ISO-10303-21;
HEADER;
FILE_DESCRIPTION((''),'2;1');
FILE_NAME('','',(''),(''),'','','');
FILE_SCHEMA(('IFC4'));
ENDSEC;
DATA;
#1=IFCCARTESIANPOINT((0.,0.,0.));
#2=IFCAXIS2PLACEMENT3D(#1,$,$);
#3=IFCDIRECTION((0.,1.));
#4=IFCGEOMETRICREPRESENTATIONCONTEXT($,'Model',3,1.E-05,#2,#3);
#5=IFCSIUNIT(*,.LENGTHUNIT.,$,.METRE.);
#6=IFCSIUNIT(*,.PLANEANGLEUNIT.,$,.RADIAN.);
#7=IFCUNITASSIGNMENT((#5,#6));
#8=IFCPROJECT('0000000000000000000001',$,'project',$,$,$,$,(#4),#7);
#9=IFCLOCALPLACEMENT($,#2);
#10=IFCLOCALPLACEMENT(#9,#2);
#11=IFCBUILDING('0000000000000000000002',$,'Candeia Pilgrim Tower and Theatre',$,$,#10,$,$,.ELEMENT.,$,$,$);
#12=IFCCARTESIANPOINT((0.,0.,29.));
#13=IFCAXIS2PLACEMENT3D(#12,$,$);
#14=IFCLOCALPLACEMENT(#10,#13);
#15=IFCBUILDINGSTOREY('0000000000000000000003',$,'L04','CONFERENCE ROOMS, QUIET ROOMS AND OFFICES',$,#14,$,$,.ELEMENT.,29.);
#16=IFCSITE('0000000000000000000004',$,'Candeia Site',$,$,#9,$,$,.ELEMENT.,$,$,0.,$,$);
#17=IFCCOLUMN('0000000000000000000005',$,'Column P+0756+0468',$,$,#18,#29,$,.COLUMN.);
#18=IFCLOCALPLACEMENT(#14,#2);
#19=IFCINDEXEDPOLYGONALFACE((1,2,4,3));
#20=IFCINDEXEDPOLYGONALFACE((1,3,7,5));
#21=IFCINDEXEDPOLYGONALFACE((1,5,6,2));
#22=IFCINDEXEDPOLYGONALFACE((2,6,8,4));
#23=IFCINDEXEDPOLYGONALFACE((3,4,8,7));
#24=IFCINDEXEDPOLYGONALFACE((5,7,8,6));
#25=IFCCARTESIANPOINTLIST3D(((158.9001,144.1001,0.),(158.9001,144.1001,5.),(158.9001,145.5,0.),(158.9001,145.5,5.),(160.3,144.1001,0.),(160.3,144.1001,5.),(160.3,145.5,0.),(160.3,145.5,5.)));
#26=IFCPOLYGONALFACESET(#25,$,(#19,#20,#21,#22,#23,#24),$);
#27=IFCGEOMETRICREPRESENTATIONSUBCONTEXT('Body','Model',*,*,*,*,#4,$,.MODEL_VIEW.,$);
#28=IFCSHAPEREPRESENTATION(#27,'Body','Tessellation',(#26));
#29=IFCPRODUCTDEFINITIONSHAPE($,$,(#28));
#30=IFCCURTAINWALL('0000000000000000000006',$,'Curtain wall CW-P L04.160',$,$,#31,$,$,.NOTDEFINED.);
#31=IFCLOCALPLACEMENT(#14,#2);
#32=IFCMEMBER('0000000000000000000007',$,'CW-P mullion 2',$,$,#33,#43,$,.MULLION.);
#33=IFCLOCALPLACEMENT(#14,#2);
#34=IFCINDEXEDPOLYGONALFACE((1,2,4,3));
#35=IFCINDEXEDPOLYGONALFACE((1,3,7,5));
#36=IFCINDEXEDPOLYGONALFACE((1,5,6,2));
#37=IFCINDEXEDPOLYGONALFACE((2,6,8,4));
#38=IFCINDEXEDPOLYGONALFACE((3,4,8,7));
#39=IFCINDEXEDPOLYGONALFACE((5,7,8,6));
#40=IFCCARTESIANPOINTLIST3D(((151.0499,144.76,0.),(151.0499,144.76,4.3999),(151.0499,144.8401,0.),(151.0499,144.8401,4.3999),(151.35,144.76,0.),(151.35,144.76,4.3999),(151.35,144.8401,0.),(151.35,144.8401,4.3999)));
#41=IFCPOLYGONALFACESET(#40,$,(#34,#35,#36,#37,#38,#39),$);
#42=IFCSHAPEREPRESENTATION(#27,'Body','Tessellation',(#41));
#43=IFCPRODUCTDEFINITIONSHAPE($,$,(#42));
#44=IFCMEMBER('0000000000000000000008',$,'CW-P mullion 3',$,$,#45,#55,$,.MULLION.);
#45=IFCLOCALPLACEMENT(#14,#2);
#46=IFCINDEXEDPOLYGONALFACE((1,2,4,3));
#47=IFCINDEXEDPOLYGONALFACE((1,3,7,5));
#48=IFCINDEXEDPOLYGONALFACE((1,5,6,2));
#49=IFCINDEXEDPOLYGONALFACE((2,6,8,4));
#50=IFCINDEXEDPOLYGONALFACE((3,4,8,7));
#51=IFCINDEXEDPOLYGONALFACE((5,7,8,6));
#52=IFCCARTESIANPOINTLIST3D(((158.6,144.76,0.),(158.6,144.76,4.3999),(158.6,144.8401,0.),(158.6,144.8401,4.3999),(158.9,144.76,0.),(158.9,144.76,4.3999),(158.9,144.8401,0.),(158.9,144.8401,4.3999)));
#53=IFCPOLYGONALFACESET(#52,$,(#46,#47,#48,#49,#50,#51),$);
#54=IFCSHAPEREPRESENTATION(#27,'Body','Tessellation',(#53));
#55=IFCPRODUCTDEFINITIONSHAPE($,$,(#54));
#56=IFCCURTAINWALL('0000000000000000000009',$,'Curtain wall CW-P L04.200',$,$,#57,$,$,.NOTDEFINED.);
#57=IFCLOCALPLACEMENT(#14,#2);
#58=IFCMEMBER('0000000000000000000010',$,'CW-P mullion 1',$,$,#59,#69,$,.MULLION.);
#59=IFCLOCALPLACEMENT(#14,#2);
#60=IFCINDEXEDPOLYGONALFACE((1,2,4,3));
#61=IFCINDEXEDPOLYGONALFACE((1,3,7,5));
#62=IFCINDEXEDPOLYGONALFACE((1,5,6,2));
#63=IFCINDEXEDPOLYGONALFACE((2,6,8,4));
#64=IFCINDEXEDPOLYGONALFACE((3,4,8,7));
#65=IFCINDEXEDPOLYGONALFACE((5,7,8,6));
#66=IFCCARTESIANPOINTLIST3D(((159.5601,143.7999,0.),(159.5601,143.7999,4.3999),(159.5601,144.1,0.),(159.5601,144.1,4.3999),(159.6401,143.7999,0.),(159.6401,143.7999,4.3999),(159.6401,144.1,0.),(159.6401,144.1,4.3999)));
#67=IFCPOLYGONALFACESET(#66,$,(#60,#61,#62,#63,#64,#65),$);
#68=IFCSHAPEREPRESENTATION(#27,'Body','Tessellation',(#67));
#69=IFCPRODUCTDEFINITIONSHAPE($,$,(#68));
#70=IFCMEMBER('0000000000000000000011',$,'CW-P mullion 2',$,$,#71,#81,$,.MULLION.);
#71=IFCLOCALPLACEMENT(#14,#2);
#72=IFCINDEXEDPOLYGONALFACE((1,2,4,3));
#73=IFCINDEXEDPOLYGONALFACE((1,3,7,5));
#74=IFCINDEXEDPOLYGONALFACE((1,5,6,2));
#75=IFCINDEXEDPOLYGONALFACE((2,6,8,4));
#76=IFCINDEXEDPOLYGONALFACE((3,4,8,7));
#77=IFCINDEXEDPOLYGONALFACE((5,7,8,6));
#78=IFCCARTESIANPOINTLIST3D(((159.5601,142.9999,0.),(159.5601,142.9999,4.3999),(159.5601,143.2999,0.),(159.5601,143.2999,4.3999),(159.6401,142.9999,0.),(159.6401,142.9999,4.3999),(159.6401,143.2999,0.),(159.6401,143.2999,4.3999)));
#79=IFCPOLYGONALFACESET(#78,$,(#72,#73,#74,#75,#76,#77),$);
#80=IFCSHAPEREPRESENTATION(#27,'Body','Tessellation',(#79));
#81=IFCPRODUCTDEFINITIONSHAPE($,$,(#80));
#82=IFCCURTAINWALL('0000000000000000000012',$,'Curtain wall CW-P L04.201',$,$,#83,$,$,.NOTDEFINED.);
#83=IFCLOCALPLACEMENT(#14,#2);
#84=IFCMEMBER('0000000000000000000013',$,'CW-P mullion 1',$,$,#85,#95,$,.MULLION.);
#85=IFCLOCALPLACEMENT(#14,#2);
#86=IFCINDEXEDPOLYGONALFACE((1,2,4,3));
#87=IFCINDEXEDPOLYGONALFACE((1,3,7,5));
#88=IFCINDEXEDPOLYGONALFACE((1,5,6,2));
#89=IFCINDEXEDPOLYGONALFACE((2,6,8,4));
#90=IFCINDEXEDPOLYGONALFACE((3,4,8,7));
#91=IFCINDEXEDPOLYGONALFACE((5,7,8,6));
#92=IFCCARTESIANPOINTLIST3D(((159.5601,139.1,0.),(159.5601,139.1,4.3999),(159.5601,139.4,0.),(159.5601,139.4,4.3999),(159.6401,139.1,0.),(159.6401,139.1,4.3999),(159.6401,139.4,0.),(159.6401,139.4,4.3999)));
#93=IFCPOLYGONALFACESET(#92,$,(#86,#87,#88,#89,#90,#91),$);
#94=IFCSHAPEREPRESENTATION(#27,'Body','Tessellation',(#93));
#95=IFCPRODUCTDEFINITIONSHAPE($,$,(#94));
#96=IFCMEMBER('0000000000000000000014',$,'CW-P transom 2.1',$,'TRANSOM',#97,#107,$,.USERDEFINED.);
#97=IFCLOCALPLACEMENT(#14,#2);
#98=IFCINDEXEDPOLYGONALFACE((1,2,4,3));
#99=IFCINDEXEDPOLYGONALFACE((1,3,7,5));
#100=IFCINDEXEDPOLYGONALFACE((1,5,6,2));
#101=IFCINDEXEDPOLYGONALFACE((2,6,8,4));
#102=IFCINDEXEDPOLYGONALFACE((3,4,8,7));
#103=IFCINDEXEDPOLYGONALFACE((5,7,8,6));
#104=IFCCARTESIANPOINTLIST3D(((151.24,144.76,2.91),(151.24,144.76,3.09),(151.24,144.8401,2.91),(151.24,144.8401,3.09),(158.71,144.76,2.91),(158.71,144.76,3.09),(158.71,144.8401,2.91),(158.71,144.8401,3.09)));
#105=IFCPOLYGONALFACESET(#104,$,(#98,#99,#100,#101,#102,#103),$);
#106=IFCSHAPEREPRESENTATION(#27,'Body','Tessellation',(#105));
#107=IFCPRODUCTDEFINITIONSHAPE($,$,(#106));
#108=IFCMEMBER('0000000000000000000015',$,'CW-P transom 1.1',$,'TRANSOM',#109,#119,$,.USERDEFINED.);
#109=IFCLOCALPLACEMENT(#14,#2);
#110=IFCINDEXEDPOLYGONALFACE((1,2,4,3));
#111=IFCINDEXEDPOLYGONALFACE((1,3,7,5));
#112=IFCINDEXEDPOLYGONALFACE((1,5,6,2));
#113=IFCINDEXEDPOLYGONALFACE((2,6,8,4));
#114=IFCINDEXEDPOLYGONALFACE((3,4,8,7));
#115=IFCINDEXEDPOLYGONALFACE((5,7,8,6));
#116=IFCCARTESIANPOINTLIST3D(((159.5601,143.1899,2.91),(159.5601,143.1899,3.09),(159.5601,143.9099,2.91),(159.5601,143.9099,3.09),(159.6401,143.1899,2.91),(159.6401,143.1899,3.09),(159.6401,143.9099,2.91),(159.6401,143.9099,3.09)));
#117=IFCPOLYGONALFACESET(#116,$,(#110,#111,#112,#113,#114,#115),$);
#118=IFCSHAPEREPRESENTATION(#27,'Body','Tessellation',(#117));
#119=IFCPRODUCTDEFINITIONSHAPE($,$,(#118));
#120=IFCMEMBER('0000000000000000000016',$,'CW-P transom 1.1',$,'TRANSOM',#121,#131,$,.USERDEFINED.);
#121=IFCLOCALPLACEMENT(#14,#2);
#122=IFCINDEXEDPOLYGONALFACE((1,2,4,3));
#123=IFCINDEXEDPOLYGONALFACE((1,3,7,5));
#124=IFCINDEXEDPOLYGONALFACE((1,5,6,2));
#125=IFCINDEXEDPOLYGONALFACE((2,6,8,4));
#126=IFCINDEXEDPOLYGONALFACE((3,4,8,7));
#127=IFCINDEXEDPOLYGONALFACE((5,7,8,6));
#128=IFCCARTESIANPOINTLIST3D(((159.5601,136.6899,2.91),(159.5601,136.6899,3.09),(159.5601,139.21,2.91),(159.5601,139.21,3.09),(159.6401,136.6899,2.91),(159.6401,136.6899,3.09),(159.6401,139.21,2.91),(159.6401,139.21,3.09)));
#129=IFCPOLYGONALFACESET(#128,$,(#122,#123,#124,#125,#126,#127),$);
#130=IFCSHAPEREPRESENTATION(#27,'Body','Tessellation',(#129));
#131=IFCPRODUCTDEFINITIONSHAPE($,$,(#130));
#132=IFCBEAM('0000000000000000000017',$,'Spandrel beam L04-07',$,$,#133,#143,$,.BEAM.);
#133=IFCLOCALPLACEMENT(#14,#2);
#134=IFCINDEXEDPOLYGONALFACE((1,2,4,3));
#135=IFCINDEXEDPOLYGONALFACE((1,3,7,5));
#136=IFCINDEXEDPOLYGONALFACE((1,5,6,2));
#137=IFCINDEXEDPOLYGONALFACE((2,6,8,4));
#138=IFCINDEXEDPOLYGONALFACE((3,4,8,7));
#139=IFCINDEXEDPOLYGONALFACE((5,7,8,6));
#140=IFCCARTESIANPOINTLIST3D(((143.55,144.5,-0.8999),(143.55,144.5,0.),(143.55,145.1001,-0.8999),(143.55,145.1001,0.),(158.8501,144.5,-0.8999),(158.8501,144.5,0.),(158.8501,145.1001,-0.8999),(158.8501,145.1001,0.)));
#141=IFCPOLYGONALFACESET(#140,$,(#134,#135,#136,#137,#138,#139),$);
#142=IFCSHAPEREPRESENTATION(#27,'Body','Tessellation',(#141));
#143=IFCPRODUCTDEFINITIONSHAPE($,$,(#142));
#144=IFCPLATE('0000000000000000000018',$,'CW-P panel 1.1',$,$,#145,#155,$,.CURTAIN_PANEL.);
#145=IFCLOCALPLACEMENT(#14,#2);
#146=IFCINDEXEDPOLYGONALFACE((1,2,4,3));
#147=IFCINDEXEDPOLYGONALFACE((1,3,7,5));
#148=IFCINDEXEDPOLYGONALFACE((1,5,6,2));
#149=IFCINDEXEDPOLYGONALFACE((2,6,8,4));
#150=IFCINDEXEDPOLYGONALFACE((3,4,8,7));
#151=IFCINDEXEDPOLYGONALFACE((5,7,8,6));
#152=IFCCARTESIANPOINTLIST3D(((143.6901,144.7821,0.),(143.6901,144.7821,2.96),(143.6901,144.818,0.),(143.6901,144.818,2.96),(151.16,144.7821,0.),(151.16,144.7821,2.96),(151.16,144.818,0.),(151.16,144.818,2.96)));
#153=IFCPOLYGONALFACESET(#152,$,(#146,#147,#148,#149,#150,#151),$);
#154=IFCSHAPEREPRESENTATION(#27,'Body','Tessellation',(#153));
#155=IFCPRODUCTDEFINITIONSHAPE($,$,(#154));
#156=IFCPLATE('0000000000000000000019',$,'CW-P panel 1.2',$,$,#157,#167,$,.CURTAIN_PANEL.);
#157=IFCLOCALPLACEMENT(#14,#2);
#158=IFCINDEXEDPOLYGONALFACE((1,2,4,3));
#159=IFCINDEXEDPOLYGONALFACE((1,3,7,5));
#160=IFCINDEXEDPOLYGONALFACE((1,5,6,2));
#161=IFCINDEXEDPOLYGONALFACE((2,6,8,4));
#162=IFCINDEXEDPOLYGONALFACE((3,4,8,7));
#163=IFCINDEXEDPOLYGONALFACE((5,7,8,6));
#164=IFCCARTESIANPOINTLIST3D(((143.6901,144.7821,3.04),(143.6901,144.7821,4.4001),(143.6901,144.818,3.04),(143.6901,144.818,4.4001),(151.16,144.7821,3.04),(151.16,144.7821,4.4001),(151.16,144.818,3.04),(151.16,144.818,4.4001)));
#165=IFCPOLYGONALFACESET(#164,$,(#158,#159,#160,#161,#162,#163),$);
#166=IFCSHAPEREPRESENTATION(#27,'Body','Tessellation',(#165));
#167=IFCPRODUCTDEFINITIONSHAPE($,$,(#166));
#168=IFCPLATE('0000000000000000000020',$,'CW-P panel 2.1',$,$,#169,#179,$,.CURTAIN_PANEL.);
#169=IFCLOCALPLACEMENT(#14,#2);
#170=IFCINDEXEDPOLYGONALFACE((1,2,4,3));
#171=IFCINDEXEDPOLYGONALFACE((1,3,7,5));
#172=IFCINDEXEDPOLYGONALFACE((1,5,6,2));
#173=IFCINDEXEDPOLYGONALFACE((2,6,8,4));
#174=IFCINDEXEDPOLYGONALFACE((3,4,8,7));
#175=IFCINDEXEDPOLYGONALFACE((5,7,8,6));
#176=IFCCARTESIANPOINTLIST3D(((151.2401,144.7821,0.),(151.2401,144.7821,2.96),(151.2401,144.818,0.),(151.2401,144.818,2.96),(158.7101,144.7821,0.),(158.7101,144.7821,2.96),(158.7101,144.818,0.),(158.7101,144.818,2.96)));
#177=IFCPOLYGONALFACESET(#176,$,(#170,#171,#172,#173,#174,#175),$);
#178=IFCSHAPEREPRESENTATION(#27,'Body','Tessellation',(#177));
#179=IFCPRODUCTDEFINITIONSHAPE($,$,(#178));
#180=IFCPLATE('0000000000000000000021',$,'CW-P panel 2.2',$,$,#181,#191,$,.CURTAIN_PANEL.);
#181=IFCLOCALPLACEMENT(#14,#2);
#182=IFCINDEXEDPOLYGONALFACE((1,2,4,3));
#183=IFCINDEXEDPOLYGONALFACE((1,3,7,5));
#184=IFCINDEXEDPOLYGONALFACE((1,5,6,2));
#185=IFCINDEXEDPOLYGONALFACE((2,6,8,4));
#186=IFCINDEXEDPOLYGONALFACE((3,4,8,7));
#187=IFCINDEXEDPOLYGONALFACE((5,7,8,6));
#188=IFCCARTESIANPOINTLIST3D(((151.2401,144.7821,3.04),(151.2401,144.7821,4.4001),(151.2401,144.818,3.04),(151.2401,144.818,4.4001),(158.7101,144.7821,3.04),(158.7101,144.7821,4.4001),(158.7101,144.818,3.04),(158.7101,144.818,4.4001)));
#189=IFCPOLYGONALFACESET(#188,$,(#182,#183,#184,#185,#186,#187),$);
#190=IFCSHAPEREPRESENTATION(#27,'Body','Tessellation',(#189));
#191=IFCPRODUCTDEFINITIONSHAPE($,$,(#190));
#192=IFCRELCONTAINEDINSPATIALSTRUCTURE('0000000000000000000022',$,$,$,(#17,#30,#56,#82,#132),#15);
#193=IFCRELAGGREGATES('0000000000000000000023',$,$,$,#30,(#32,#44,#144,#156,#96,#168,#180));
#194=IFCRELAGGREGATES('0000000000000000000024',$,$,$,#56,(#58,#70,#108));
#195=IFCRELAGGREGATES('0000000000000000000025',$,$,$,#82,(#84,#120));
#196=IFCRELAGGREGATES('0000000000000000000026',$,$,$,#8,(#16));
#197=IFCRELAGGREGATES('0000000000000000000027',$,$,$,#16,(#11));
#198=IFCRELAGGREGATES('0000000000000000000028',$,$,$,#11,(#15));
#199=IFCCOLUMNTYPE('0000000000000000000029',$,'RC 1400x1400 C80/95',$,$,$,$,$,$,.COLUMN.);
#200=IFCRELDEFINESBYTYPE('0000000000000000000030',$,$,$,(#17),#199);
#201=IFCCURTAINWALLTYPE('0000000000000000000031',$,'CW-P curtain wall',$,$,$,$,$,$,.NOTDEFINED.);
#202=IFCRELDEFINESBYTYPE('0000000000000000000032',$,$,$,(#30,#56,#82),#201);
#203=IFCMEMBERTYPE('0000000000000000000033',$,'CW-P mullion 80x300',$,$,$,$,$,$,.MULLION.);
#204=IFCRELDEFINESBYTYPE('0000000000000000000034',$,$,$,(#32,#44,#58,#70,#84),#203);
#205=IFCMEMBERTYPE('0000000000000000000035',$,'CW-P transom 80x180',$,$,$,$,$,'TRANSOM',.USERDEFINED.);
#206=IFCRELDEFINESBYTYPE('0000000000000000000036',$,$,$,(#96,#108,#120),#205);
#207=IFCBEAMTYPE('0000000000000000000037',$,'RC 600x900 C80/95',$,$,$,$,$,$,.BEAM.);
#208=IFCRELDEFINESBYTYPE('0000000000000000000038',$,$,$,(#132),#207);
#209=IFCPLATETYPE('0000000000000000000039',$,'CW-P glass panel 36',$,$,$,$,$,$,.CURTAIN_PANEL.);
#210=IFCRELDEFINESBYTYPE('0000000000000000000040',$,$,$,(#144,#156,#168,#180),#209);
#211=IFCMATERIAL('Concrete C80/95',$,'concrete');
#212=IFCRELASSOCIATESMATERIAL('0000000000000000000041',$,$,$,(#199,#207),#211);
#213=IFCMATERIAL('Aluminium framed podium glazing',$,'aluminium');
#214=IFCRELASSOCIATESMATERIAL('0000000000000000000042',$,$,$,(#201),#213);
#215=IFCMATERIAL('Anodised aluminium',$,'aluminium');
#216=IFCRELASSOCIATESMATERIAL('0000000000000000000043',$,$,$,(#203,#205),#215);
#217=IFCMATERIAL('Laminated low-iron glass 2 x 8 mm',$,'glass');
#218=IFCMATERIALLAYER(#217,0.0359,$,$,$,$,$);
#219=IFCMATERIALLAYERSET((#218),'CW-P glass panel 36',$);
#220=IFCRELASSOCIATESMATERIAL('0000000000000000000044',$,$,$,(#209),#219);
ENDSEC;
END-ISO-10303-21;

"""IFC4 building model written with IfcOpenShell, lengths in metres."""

from ifc_helpers import new_model, si_unit, direction, frame, origin, origin_2d, place, context, subcontext, project, spatial, rectangle, extrude, material, layer, layer_set, material_profile, profile_set, type_object, element, aggregate, save


model = new_model("IFC4")

# Units and contexts
model_context = context("Model", 3, precision=1e-05, world=origin(), true_north=direction((0.0, 1.0)))
body_context = subcontext(model_context, "Body", "Model", "MODEL_VIEW")
ifc_project = project(units=[si_unit("LENGTHUNIT", "METRE"), si_unit("PLANEANGLEUNIT", "RADIAN")], contexts=[model_context])

# Site, building, storey
site_placement = place(None, origin())
site = spatial("IfcSite", under=ifc_project, at=site_placement, Name="Candeia Site", CompositionType="ELEMENT", RefElevation=0.0)
building_placement = place(site_placement, origin())
building = spatial("IfcBuilding", under=site, at=building_placement, Name="Candeia Pilgrim Tower and Theatre", CompositionType="ELEMENT")
storey_placement = place(building_placement, frame((0.0, 0.0, 29.0)))
storey = spatial("IfcBuildingStorey", under=building, at=storey_placement, Name="L04", Description="CONFERENCE ROOMS, QUIET ROOMS AND OFFICES", CompositionType="ELEMENT", Elevation=29.0)

# Column
ifc_material_1 = material(Name="Concrete C80/95", Category="concrete")
ifc_material_profile_1 = material_profile(ifc_material_1, rectangle(XDim=1.3999, YDim=1.3999, at=origin_2d()))
ifc_profile_set_1 = profile_set([ifc_material_profile_1], Name="Concrete C80/95")
column_type = type_object("IfcColumnType", Name="RC 1400x1400 C80/95", PredefinedType="COLUMN", material=ifc_profile_set_1)
column_placement = place(storey_placement, frame((159.6001, 144.8, 0.0), z_axis=(0.0, 0.0, 1.0), x_axis=(1.0, 0.0, 0.0)))
element("IfcColumn", 1, at=column_placement, inside=storey, type_object=column_type, Name="Column P+0756+0468", PredefinedType="COLUMN", context=body_context, shape_type="SweptSolid", body=[
    extrude(rectangle(XDim=1.3999, YDim=1.3999, at=origin_2d()), origin(), (0.0, 0.0, 1.0), 5.0),
])

# Curtain walls, members
ifc_material_2 = material(Name="Aluminium framed podium glazing", Category="aluminium")
curtain_wall_type = type_object("IfcCurtainWallType", Name="CW-P curtain wall", PredefinedType="NOTDEFINED", material=ifc_material_2)
curtain_wall_1_placement = place(storey_placement, origin())
curtain_wall_1 = element("IfcCurtainWall", 2, at=curtain_wall_1_placement, inside=storey, type_object=curtain_wall_type, Name="Curtain wall CW-P L04.160", PredefinedType="NOTDEFINED")
ifc_material_3 = material(Name="Anodised aluminium", Category="aluminium")
ifc_material_profile_2 = material_profile(ifc_material_3, rectangle(XDim=0.0801, YDim=0.3, at=origin_2d()))
ifc_profile_set_2 = profile_set([ifc_material_profile_2], Name="Anodised aluminium")
member_type_1 = type_object("IfcMemberType", Name="CW-P mullion 80x300", PredefinedType="MULLION", material=ifc_profile_set_2)
member_1_placement = place(storey_placement, frame((151.2, 144.8, 0.0), z_axis=(0.0, 0.0, 1.0), x_axis=(0.0, 1.0, 0.0)))
member_1 = element("IfcMember", 3, at=member_1_placement, type_object=member_type_1, Name="CW-P mullion 2", PredefinedType="MULLION", context=body_context, shape_type="SweptSolid", body=[
    extrude(rectangle(XDim=0.0801, YDim=0.3, at=origin_2d()), origin(), (0.0, 0.0, 1.0), 4.3999),
])
member_2_placement = place(storey_placement, frame((158.75, 144.8, 0.0), z_axis=(0.0, 0.0, 1.0), x_axis=(0.0, 1.0, 0.0)))
member_2 = element("IfcMember", 4, at=member_2_placement, type_object=member_type_1, Name="CW-P mullion 3", PredefinedType="MULLION", context=body_context, shape_type="SweptSolid", body=[
    extrude(rectangle(XDim=0.0801, YDim=0.3, at=origin_2d()), origin(), (0.0, 0.0, 1.0), 4.3999),
])
curtain_wall_2_placement = place(storey_placement, origin())
curtain_wall_2 = element("IfcCurtainWall", 5, at=curtain_wall_2_placement, inside=storey, type_object=curtain_wall_type, Name="Curtain wall CW-P L04.200", PredefinedType="NOTDEFINED")
member_3_placement = place(storey_placement, frame((159.6001, 143.95, 0.0), z_axis=(0.0, 0.0, 1.0), x_axis=(1.0, 0.0, 0.0)))
member_3 = element("IfcMember", 6, at=member_3_placement, type_object=member_type_1, Name="CW-P mullion 1", PredefinedType="MULLION", context=body_context, shape_type="SweptSolid", body=[
    extrude(rectangle(XDim=0.0801, YDim=0.3, at=origin_2d()), origin(), (0.0, 0.0, 1.0), 4.3999),
])
member_4_placement = place(storey_placement, frame((159.6001, 143.1499, 0.0), z_axis=(0.0, 0.0, 1.0), x_axis=(1.0, 0.0, 0.0)))
member_4 = element("IfcMember", 7, at=member_4_placement, type_object=member_type_1, Name="CW-P mullion 2", PredefinedType="MULLION", context=body_context, shape_type="SweptSolid", body=[
    extrude(rectangle(XDim=0.0801, YDim=0.3, at=origin_2d()), origin(), (0.0, 0.0, 1.0), 4.3999),
])

# Curtain wall, member
curtain_wall_3_placement = place(storey_placement, origin())
curtain_wall_3 = element("IfcCurtainWall", 8, at=curtain_wall_3_placement, inside=storey, type_object=curtain_wall_type, Name="Curtain wall CW-P L04.201", PredefinedType="NOTDEFINED")
member_5_placement = place(storey_placement, frame((159.6001, 139.25, 0.0), z_axis=(0.0, 0.0, 1.0), x_axis=(1.0, 0.0, 0.0)))
member_5 = element("IfcMember", 9, at=member_5_placement, type_object=member_type_1, Name="CW-P mullion 1", PredefinedType="MULLION", context=body_context, shape_type="SweptSolid", body=[
    extrude(rectangle(XDim=0.0801, YDim=0.3, at=origin_2d()), origin(), (0.0, 0.0, 1.0), 4.3999),
])

# Members
ifc_material_profile_3 = material_profile(ifc_material_3, rectangle(XDim=0.0801, YDim=0.1799, at=origin_2d()))
ifc_profile_set_3 = profile_set([ifc_material_profile_3], Name="Anodised aluminium")
member_type_2 = type_object("IfcMemberType", Name="CW-P transom 80x180", ElementType="TRANSOM", PredefinedType="USERDEFINED", material=ifc_profile_set_3)
member_6_placement = place(storey_placement, frame((151.24, 144.8, 3.0), z_axis=(1.0, 0.0, 0.0), x_axis=(0.0, 1.0, 0.0)))
member_6 = element("IfcMember", 10, at=member_6_placement, type_object=member_type_2, Name="CW-P transom 2.1", ObjectType="TRANSOM", PredefinedType="USERDEFINED", context=body_context, shape_type="SweptSolid", body=[
    extrude(rectangle(XDim=0.0801, YDim=0.1799, at=origin_2d()), origin(), (0.0, 0.0, 1.0), 7.47),
])
member_7_placement = place(storey_placement, frame((159.6001, 143.9099, 3.0), z_axis=(0.0, -1.0, 0.0), x_axis=(1.0, 0.0, 0.0)))
member_7 = element("IfcMember", 11, at=member_7_placement, type_object=member_type_2, Name="CW-P transom 1.1", ObjectType="TRANSOM", PredefinedType="USERDEFINED", context=body_context, shape_type="SweptSolid", body=[
    extrude(rectangle(XDim=0.0801, YDim=0.1799, at=origin_2d()), origin(), (0.0, 0.0, 1.0), 0.72),
])
member_8_placement = place(storey_placement, frame((159.6001, 139.21, 3.0), z_axis=(0.0, -1.0, 0.0), x_axis=(1.0, 0.0, 0.0)))
member_8 = element("IfcMember", 12, at=member_8_placement, type_object=member_type_2, Name="CW-P transom 1.1", ObjectType="TRANSOM", PredefinedType="USERDEFINED", context=body_context, shape_type="SweptSolid", body=[
    extrude(rectangle(XDim=0.0801, YDim=0.1799, at=origin_2d()), origin(), (0.0, 0.0, 1.0), 2.52),
])

# Beam
ifc_material_profile_4 = material_profile(ifc_material_1, rectangle(XDim=0.6001, YDim=0.8999, at=origin_2d()))
ifc_profile_set_4 = profile_set([ifc_material_profile_4], Name="Concrete C80/95")
beam_type = type_object("IfcBeamType", Name="RC 600x900 C80/95", PredefinedType="BEAM", material=ifc_profile_set_4)
beam_placement = place(storey_placement, frame((158.8501, 144.8, -0.45), z_axis=(-1.0, 0.0, 0.0), x_axis=(0.0, -1.0, 0.0)))
element("IfcBeam", 13, at=beam_placement, inside=storey, type_object=beam_type, Name="Spandrel beam L04-07", PredefinedType="BEAM", context=body_context, shape_type="SweptSolid", body=[
    extrude(rectangle(XDim=0.6001, YDim=0.8999, at=origin_2d()), origin(), (0.0, 0.0, 1.0), 15.3),
])

# Plates
ifc_material_4 = material(Name="Laminated low-iron glass 2 x 8 mm", Category="glass")
ifc_layer_1 = layer(ifc_material_4, 0.0359)
ifc_layer_set_1 = layer_set([ifc_layer_1], Name="CW-P glass panel 36")
plate_type = type_object("IfcPlateType", Name="CW-P glass panel 36", PredefinedType="CURTAIN_PANEL", material=ifc_layer_set_1)
plate_1_placement = place(storey_placement, frame((147.425, 144.8, 0.0), z_axis=(0.0, 0.0, 1.0), x_axis=(1.0, 0.0, 0.0)))
plate_1 = element("IfcPlate", 14, at=plate_1_placement, type_object=plate_type, Name="CW-P panel 1.1", PredefinedType="CURTAIN_PANEL", context=body_context, shape_type="SweptSolid", body=[
    extrude(rectangle(XDim=7.47, YDim=0.0359, at=origin_2d()), origin(), (0.0, 0.0, 1.0), 2.96),
])
plate_2_placement = place(storey_placement, frame((147.425, 144.8, 3.04), z_axis=(0.0, 0.0, 1.0), x_axis=(1.0, 0.0, 0.0)))
plate_2 = element("IfcPlate", 15, at=plate_2_placement, type_object=plate_type, Name="CW-P panel 1.2", PredefinedType="CURTAIN_PANEL", context=body_context, shape_type="SweptSolid", body=[
    extrude(rectangle(XDim=7.47, YDim=0.0359, at=origin_2d()), origin(), (0.0, 0.0, 1.0), 1.3601),
])
plate_3_placement = place(storey_placement, frame((154.9751, 144.8, 0.0), z_axis=(0.0, 0.0, 1.0), x_axis=(1.0, 0.0, 0.0)))
plate_3 = element("IfcPlate", 16, at=plate_3_placement, type_object=plate_type, Name="CW-P panel 2.1", PredefinedType="CURTAIN_PANEL", context=body_context, shape_type="SweptSolid", body=[
    extrude(rectangle(XDim=7.47, YDim=0.0359, at=origin_2d()), origin(), (0.0, 0.0, 1.0), 2.96),
])
plate_4_placement = place(storey_placement, frame((154.9751, 144.8, 3.04), z_axis=(0.0, 0.0, 1.0), x_axis=(1.0, 0.0, 0.0)))
plate_4 = element("IfcPlate", 17, at=plate_4_placement, type_object=plate_type, Name="CW-P panel 2.2", PredefinedType="CURTAIN_PANEL", context=body_context, shape_type="SweptSolid", body=[
    extrude(rectangle(XDim=7.47, YDim=0.0359, at=origin_2d()), origin(), (0.0, 0.0, 1.0), 1.3601),
])
aggregate(curtain_wall_1, [member_1, member_2, plate_1, plate_2, member_6, plate_3, plate_4])
aggregate(curtain_wall_2, [member_3, member_4, member_7])
aggregate(curtain_wall_3, [member_5, member_8])

save(model, "model.ifc")
